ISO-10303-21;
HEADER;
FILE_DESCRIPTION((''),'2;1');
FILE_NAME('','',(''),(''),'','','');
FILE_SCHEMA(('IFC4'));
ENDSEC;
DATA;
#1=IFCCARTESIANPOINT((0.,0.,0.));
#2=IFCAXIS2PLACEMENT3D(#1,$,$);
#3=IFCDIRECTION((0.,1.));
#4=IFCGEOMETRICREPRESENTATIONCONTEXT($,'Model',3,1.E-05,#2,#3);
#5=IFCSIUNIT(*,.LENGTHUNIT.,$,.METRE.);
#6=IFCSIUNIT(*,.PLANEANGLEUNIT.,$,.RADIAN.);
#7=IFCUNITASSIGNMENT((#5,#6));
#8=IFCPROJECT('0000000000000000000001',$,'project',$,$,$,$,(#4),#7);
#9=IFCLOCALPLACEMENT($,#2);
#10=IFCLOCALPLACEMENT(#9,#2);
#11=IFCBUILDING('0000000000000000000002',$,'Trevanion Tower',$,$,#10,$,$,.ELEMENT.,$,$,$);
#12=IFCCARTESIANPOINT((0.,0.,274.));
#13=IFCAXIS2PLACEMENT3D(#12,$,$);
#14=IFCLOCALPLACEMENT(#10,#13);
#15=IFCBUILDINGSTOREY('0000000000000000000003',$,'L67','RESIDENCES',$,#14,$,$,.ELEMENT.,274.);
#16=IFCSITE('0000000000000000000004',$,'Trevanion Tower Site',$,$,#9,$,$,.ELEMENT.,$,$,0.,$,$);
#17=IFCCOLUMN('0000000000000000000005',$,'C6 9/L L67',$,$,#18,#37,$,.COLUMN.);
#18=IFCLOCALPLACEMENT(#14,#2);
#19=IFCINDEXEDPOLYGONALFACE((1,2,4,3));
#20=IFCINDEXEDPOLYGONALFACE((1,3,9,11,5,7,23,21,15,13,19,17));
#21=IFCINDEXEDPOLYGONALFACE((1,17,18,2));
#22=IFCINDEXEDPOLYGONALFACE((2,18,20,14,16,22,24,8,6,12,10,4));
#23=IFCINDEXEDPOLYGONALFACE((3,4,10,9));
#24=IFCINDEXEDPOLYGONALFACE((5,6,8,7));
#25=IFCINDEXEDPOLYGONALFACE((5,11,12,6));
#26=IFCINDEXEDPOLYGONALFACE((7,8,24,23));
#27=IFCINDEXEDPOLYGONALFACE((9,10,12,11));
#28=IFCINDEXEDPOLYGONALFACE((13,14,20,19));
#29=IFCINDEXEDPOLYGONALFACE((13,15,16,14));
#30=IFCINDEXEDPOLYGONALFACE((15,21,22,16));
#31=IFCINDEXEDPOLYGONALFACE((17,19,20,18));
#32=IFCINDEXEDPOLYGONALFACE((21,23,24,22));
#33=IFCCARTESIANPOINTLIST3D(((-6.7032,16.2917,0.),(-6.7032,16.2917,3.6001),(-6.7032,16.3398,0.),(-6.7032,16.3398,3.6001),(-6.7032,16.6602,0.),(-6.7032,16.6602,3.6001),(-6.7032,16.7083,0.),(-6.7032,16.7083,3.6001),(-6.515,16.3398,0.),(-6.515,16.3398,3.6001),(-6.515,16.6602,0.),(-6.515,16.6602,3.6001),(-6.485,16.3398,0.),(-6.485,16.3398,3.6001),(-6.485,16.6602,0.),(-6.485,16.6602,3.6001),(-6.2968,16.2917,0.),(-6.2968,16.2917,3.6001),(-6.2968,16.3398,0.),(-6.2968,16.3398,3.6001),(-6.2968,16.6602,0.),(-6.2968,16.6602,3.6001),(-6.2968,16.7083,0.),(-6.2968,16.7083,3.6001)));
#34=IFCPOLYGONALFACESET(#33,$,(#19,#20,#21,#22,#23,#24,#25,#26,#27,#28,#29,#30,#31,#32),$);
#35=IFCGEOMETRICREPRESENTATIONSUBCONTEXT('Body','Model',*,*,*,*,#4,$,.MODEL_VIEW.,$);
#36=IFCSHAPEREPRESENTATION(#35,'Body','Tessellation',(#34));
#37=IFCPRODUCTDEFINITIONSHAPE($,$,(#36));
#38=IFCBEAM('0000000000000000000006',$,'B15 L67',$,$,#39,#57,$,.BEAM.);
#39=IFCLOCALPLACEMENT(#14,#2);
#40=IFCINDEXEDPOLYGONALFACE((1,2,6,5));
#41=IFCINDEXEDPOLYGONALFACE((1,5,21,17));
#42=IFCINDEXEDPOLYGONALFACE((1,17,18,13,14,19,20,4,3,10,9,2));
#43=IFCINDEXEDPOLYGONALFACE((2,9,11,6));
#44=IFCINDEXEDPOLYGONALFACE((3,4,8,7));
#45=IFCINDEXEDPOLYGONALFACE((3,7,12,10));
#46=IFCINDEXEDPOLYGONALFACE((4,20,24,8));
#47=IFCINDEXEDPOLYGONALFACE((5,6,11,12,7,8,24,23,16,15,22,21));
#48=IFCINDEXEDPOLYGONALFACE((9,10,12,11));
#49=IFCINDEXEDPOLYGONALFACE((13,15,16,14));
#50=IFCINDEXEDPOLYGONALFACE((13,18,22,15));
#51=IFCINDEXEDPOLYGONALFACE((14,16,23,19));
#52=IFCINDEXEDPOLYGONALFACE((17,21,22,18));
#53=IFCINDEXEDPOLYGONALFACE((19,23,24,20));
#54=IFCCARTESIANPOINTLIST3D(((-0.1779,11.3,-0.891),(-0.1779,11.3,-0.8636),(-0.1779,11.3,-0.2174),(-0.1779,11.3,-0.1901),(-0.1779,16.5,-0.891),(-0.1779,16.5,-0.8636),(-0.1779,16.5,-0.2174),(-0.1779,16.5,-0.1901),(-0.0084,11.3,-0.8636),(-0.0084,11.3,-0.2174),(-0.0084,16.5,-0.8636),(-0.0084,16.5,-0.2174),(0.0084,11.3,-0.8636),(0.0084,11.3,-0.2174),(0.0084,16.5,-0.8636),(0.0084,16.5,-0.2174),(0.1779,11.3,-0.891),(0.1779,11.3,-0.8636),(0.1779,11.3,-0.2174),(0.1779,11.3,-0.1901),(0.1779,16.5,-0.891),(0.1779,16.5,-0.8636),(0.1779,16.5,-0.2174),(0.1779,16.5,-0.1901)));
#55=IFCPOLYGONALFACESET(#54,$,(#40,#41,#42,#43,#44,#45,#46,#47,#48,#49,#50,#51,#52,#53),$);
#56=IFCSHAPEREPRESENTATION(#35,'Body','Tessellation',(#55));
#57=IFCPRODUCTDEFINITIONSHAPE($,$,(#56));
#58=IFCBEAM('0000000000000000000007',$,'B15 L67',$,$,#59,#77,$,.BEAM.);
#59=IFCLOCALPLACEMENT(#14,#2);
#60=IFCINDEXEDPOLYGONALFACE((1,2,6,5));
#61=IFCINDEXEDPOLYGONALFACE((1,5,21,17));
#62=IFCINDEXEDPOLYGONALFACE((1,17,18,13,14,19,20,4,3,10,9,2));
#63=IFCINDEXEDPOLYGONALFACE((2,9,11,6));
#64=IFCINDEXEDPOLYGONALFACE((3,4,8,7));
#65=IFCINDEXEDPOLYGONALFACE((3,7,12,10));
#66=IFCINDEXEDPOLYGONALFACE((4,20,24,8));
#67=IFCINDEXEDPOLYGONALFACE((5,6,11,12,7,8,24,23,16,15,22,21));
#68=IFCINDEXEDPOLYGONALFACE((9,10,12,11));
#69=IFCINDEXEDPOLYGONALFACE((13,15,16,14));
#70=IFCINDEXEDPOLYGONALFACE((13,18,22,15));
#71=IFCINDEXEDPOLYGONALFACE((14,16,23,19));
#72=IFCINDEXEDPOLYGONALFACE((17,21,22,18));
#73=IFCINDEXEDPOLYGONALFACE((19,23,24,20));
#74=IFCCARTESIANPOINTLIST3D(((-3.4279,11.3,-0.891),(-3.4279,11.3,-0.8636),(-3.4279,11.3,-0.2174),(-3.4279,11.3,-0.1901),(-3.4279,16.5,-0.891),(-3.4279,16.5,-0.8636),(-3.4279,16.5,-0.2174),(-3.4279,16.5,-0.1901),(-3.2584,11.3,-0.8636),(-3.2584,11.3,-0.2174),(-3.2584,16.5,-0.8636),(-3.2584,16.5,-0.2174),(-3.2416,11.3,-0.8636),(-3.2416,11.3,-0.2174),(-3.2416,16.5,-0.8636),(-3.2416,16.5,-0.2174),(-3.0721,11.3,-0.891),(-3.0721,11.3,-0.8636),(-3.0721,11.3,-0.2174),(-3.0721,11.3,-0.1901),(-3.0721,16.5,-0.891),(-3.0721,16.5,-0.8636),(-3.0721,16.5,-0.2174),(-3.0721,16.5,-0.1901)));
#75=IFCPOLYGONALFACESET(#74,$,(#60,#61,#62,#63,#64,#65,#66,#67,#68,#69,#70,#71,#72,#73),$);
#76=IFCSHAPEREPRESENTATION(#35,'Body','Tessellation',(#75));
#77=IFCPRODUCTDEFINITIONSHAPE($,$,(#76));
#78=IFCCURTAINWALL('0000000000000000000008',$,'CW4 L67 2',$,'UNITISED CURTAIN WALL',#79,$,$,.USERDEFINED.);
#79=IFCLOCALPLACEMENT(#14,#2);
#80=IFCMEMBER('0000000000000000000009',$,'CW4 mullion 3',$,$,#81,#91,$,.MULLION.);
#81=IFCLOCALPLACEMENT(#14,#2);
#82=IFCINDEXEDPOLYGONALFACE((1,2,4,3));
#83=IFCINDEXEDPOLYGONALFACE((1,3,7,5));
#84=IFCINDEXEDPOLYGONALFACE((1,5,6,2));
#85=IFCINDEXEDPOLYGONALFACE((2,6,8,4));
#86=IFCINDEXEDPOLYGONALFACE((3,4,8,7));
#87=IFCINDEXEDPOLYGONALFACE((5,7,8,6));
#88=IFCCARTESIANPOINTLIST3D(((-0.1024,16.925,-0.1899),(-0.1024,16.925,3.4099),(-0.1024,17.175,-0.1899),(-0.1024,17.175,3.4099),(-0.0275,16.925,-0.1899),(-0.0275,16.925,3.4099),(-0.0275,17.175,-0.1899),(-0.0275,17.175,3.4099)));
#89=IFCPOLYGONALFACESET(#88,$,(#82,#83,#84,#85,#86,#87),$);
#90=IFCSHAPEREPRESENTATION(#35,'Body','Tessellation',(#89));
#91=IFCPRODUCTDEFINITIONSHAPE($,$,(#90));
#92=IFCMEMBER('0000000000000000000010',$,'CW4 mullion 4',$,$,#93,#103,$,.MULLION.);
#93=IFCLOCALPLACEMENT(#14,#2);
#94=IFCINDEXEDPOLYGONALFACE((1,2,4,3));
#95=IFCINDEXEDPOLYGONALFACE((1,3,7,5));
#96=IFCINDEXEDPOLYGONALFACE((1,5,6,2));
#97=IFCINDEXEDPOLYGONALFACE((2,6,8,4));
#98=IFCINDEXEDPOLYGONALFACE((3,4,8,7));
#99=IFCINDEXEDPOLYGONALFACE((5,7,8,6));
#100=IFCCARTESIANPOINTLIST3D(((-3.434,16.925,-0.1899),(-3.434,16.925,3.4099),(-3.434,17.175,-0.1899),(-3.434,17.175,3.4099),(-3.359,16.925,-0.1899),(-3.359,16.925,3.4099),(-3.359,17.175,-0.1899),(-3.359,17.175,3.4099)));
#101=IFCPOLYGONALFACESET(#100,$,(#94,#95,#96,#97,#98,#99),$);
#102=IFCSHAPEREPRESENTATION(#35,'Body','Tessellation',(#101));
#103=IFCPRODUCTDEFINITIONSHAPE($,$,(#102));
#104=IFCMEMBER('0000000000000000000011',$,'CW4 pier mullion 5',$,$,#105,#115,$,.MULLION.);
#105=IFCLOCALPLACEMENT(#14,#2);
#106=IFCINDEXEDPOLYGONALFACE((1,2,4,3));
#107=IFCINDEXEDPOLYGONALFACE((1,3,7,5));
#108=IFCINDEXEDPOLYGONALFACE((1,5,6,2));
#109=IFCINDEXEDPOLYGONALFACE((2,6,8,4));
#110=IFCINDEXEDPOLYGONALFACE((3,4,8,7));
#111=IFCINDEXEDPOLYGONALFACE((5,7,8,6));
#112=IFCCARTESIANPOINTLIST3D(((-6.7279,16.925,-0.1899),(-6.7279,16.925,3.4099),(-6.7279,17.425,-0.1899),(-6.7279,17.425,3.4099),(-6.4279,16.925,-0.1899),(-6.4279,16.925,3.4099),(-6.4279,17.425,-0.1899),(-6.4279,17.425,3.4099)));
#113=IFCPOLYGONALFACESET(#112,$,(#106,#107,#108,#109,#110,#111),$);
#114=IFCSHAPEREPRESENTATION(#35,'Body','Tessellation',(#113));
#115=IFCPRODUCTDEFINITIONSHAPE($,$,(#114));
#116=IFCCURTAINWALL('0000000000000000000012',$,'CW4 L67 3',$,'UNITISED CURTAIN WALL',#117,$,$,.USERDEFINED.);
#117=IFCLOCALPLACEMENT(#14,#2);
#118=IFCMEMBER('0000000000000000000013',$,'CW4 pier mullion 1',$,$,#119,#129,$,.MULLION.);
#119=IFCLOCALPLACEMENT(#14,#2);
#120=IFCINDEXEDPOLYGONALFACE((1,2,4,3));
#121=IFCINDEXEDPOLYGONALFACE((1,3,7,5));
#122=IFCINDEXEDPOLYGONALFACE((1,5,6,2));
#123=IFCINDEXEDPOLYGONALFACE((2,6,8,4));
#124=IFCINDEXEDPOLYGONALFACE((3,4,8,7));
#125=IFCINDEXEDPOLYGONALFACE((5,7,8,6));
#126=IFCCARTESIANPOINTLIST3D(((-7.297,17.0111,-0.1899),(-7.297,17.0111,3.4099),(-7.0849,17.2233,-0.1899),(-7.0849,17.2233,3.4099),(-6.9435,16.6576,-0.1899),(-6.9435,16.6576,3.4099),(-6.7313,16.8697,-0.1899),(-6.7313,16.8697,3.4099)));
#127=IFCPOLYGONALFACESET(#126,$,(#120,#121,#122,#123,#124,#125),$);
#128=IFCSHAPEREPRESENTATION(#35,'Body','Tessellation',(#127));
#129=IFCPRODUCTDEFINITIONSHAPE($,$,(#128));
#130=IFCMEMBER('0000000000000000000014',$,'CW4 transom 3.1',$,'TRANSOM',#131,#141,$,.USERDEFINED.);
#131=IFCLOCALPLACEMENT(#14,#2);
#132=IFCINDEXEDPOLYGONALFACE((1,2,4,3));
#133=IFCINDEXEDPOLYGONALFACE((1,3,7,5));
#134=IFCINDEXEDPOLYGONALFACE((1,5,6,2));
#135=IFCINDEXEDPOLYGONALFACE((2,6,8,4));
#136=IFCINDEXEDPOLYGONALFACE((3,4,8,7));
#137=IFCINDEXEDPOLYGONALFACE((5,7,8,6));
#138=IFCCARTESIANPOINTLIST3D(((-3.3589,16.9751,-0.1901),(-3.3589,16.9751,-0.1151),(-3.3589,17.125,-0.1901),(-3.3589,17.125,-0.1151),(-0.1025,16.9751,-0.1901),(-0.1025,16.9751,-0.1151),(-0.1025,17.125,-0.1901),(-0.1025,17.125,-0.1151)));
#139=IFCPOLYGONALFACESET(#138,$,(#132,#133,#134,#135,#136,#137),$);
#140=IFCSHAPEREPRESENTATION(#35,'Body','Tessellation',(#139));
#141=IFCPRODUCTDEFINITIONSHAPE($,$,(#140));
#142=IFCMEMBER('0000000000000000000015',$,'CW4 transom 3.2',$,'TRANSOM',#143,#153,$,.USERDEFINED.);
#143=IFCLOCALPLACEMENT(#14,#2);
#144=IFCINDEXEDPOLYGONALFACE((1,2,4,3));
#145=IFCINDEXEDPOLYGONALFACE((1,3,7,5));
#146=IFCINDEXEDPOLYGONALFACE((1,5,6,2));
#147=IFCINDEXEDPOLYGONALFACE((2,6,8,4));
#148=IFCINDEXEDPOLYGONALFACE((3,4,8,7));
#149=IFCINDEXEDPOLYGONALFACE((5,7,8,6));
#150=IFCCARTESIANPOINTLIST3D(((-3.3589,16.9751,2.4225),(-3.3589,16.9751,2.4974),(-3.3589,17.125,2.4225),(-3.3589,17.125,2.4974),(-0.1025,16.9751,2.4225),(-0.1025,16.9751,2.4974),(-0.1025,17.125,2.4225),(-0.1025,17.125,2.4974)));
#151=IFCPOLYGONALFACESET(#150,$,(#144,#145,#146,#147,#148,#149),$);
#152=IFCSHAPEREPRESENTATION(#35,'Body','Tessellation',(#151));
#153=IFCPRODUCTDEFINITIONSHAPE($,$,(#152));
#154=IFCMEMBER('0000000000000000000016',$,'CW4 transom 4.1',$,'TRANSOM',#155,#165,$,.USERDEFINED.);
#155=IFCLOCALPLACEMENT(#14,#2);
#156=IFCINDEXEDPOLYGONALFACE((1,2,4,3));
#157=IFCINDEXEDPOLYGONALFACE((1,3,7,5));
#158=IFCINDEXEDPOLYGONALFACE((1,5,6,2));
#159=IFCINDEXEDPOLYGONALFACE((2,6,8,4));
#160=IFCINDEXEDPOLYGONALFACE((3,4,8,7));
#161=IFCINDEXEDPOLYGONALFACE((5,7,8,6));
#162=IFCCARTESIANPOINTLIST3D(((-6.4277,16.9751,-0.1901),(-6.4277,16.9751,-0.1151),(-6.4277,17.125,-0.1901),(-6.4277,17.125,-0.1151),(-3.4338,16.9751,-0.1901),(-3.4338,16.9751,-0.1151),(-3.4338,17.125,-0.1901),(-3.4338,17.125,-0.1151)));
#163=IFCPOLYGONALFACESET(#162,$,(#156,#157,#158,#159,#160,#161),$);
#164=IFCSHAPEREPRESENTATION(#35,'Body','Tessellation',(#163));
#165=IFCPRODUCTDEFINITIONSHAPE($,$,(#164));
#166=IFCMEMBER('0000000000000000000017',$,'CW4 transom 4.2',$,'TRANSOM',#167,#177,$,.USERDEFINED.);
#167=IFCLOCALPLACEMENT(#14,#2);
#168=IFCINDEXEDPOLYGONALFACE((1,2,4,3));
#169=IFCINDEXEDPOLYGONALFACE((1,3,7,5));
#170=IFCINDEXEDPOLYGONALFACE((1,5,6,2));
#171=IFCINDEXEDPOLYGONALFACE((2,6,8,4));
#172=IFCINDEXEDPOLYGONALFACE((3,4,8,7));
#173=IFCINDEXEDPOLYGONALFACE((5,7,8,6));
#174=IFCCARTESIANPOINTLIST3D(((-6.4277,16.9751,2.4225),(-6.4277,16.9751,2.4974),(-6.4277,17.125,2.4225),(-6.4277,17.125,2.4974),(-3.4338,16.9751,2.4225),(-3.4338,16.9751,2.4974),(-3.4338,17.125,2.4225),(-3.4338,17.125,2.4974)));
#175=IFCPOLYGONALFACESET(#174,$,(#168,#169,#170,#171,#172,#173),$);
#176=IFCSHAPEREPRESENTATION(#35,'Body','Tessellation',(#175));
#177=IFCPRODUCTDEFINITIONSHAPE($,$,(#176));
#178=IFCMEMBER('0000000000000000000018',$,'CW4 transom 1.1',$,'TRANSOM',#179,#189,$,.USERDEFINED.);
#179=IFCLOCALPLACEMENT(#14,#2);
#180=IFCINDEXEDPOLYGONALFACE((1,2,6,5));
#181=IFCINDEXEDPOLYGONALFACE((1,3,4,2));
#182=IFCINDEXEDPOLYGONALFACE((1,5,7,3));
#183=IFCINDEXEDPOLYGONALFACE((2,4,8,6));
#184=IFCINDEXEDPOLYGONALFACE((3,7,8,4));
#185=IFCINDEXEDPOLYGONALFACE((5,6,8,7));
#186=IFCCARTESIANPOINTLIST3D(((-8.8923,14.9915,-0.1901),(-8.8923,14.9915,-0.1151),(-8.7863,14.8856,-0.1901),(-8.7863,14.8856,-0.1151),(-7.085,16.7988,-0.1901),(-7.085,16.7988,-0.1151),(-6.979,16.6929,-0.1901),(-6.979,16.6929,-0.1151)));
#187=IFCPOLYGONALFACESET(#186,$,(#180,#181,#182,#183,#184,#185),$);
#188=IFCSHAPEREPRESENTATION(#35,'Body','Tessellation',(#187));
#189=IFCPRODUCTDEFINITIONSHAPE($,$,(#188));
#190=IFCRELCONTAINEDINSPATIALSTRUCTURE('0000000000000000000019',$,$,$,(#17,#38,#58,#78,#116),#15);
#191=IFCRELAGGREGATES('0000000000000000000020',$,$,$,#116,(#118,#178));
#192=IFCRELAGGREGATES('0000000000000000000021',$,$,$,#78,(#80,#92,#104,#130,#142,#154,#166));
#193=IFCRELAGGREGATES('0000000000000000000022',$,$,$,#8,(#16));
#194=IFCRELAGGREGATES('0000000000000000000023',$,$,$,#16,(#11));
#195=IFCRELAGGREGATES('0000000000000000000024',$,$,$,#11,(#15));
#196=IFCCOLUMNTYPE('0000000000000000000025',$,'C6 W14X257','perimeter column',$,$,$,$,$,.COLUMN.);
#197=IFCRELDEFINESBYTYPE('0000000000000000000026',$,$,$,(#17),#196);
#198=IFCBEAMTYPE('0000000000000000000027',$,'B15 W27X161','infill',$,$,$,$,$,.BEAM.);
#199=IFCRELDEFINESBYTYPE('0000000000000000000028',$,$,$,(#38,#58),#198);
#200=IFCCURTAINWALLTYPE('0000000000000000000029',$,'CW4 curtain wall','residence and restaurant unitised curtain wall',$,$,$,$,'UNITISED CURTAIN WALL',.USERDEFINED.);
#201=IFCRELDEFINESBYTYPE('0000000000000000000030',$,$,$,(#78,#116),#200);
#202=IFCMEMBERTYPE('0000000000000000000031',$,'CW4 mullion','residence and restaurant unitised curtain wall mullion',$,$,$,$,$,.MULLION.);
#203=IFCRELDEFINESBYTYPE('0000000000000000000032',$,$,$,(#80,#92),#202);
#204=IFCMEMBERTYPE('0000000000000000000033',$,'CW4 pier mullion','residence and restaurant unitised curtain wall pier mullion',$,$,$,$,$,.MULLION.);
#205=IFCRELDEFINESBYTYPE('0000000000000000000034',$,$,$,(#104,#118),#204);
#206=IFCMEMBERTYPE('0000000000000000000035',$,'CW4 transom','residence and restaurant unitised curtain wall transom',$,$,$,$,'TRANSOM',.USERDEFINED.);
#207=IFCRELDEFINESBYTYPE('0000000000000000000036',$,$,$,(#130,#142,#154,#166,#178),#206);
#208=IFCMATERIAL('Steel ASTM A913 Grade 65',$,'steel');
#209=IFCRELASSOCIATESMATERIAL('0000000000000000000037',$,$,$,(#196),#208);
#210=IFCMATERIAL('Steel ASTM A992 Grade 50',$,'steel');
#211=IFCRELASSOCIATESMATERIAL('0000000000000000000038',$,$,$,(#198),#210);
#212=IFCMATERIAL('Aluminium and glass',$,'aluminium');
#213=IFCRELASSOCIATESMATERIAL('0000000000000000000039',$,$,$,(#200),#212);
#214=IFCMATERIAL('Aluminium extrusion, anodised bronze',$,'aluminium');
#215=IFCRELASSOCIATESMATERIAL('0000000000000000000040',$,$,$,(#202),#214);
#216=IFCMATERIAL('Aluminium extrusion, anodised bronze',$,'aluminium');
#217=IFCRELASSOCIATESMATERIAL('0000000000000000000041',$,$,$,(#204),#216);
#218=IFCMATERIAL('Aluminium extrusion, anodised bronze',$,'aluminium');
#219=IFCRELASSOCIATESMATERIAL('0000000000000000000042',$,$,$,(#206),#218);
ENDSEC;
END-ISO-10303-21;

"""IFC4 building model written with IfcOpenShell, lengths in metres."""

from ifc_helpers import new_model, si_unit, direction, frame, origin, origin_2d, place, context, subcontext, project, spatial, rectangle, i_section, extrude, material, material_profile, profile_set, type_object, element, aggregate, save


model = new_model("IFC4")

# Units and contexts
model_context = context("Model", 3, precision=1e-05, world=origin(), true_north=direction((0.0, 1.0)))
body_context = subcontext(model_context, "Body", "Model", "MODEL_VIEW")
ifc_project = project(units=[si_unit("LENGTHUNIT", "METRE"), si_unit("PLANEANGLEUNIT", "RADIAN")], contexts=[model_context])

# Site, building, storey
site_placement = place(None, origin())
site = spatial("IfcSite", under=ifc_project, at=site_placement, Name="Trevanion Tower Site", CompositionType="ELEMENT", RefElevation=0.0)
building_placement = place(site_placement, origin())
building = spatial("IfcBuilding", under=site, at=building_placement, Name="Trevanion Tower", CompositionType="ELEMENT")
storey_placement = place(building_placement, frame((0.0, 0.0, 274.0)))
storey = spatial("IfcBuildingStorey", under=building, at=storey_placement, Name="L67", Description="RESIDENCES", CompositionType="ELEMENT", Elevation=274.0)

# Column
ifc_material_1 = material(Name="Steel ASTM A913 Grade 65", Category="steel")
ifc_material_profile_1 = material_profile(ifc_material_1, i_section(OverallWidth=0.4065, OverallDepth=0.4165, WebThickness=0.03, FlangeThickness=0.0481, at=origin_2d()), Name="W14X257")
ifc_profile_set_1 = profile_set([ifc_material_profile_1], Name="Steel ASTM A913 Grade 65")
column_type = type_object("IfcColumnType", Name="C6 W14X257", Description="perimeter column", PredefinedType="COLUMN", material=ifc_profile_set_1)
column_placement = place(storey_placement, frame((-6.5, 16.5, 0.0), z_axis=(0.0, 0.0, 1.0), x_axis=(1.0, 0.0, 0.0)))
element("IfcColumn", 1, at=column_placement, inside=storey, type_object=column_type, Name="C6 9/L L67", PredefinedType="COLUMN", context=body_context, shape_type="SweptSolid", body=[
    extrude(i_section(OverallWidth=0.4065, OverallDepth=0.4165, WebThickness=0.03, FlangeThickness=0.0481, at=origin_2d()), origin(), (0.0, 0.0, 1.0), 3.6001),
])

# Beams
ifc_material_2 = material(Name="Steel ASTM A992 Grade 50", Category="steel")
ifc_material_profile_2 = material_profile(ifc_material_2, i_section(OverallWidth=0.3557, OverallDepth=0.7009, WebThickness=0.0168, FlangeThickness=0.0273, at=origin_2d()), Name="W27X161")
ifc_profile_set_2 = profile_set([ifc_material_profile_2], Name="Steel ASTM A992 Grade 50")
beam_type_1 = type_object("IfcBeamType", Name="B15 W27X161", Description="infill", PredefinedType="BEAM", material=ifc_profile_set_2)
for number, where, z_axis, x_axis, name in (
    (2, (0.0, 11.3, -0.5405), (0.0, 1.0, 0.0), (-1.0, 0.0, 0.0), "B15 L67"),
    (3, (-3.25, 11.3, -0.5405), (0.0, 1.0, 0.0), (-1.0, 0.0, 0.0), "B15 L67"),
):
    element("IfcBeam", number, at=place(storey_placement, frame(where, z_axis=z_axis, x_axis=x_axis)), inside=storey, type_object=beam_type_1, Name=name, PredefinedType="BEAM", context=body_context, shape_type="SweptSolid", body=[
        extrude(i_section(OverallWidth=0.3557, OverallDepth=0.7009, WebThickness=0.0168, FlangeThickness=0.0273, at=origin_2d()), origin(), (0.0, 0.0, 1.0), 5.2),
    ])

# Curtain wall, members
ifc_material_3 = material(Name="Aluminium and glass", Category="aluminium")
curtain_wall_type = type_object("IfcCurtainWallType", Name="CW4 curtain wall", Description="residence and restaurant unitised curtain wall", ElementType="UNITISED CURTAIN WALL", PredefinedType="USERDEFINED", material=ifc_material_3)
curtain_wall_1_placement = place(storey_placement, origin())
curtain_wall_1 = element("IfcCurtainWall", 4, at=curtain_wall_1_placement, inside=storey, type_object=curtain_wall_type, Name="CW4 L67 2", ObjectType="UNITISED CURTAIN WALL", PredefinedType="USERDEFINED")
ifc_material_4 = material(Name="Aluminium extrusion, anodised bronze", Category="aluminium")
ifc_material_profile_3 = material_profile(ifc_material_4, rectangle(XDim=0.075, YDim=0.25, at=origin_2d()), Name="CW4 mullion")
ifc_profile_set_3 = profile_set([ifc_material_profile_3], Name="Aluminium extrusion, anodised bronze")
member_type_1 = type_object("IfcMemberType", Name="CW4 mullion", Description="residence and restaurant unitised curtain wall mullion", PredefinedType="MULLION", material=ifc_profile_set_3)
member_1_placement = place(storey_placement, frame((-0.0649, 17.05, -0.1899), z_axis=(0.0, 0.0, 1.0), x_axis=(-1.0, 0.0, 0.0)))
member_1 = element("IfcMember", 5, at=member_1_placement, type_object=member_type_1, Name="CW4 mullion 3", PredefinedType="MULLION", context=body_context, shape_type="SweptSolid", body=[
    extrude(rectangle(XDim=0.075, YDim=0.25, at=origin_2d()), origin(), (0.0, 0.0, 1.0), 3.5999),
])
member_2_placement = place(storey_placement, frame((-3.3965, 17.05, -0.1899), z_axis=(0.0, 0.0, 1.0), x_axis=(-1.0, 0.0, 0.0)))
member_2 = element("IfcMember", 6, at=member_2_placement, type_object=member_type_1, Name="CW4 mullion 4", PredefinedType="MULLION", context=body_context, shape_type="SweptSolid", body=[
    extrude(rectangle(XDim=0.075, YDim=0.25, at=origin_2d()), origin(), (0.0, 0.0, 1.0), 3.5999),
])
ifc_material_5 = material(Name="Aluminium extrusion, anodised bronze", Category="aluminium")
ifc_material_profile_4 = material_profile(ifc_material_5, rectangle(XDim=0.3, YDim=0.5, at=origin_2d()), Name="CW4 pier mullion")
ifc_profile_set_4 = profile_set([ifc_material_profile_4], Name="Aluminium extrusion, anodised bronze")
member_type_2 = type_object("IfcMemberType", Name="CW4 pier mullion", Description="residence and restaurant unitised curtain wall pier mullion", PredefinedType="MULLION", material=ifc_profile_set_4)
member_3_placement = place(storey_placement, frame((-6.5779, 17.175, -0.1899), z_axis=(0.0, 0.0, 1.0), x_axis=(-1.0, 0.0, 0.0)))
member_3 = element("IfcMember", 7, at=member_3_placement, type_object=member_type_2, Name="CW4 pier mullion 5", PredefinedType="MULLION", context=body_context, shape_type="SweptSolid", body=[
    extrude(rectangle(XDim=0.3, YDim=0.5, at=origin_2d()), origin(), (0.0, 0.0, 1.0), 3.5999),
])

# Curtain wall, member
curtain_wall_2_placement = place(storey_placement, origin())
curtain_wall_2 = element("IfcCurtainWall", 8, at=curtain_wall_2_placement, inside=storey, type_object=curtain_wall_type, Name="CW4 L67 3", ObjectType="UNITISED CURTAIN WALL", PredefinedType="USERDEFINED")
member_4_placement = place(storey_placement, frame((-7.0142, 16.9404, -0.1899), z_axis=(0.0, 0.0, 1.0), x_axis=(-0.707107, -0.707107, 0.0)))
member_4 = element("IfcMember", 9, at=member_4_placement, type_object=member_type_2, Name="CW4 pier mullion 1", PredefinedType="MULLION", context=body_context, shape_type="SweptSolid", body=[
    extrude(rectangle(XDim=0.3, YDim=0.5, at=origin_2d()), origin(), (0.0, 0.0, 1.0), 3.5999),
])

# Members
ifc_material_6 = material(Name="Aluminium extrusion, anodised bronze", Category="aluminium")
ifc_material_profile_5 = material_profile(ifc_material_6, rectangle(XDim=0.1499, YDim=0.075, at=origin_2d()), Name="CW4 transom")
ifc_profile_set_5 = profile_set([ifc_material_profile_5], Name="Aluminium extrusion, anodised bronze")
member_type_3 = type_object("IfcMemberType", Name="CW4 transom", Description="residence and restaurant unitised curtain wall transom", ElementType="TRANSOM", PredefinedType="USERDEFINED", material=ifc_profile_set_5)
member_5_placement = place(storey_placement, frame((-0.1025, 17.05, -0.1526), z_axis=(-1.0, 0.0, 0.0), x_axis=(0.0, -1.0, 0.0)))
member_5 = element("IfcMember", 10, at=member_5_placement, type_object=member_type_3, Name="CW4 transom 3.1", ObjectType="TRANSOM", PredefinedType="USERDEFINED", context=body_context, shape_type="SweptSolid", body=[
    extrude(rectangle(XDim=0.1499, YDim=0.075, at=origin_2d()), origin(), (0.0, 0.0, 1.0), 3.2563),
])
member_6_placement = place(storey_placement, frame((-0.1025, 17.05, 2.46), z_axis=(-1.0, 0.0, 0.0), x_axis=(0.0, -1.0, 0.0)))
member_6 = element("IfcMember", 11, at=member_6_placement, type_object=member_type_3, Name="CW4 transom 3.2", ObjectType="TRANSOM", PredefinedType="USERDEFINED", context=body_context, shape_type="SweptSolid", body=[
    extrude(rectangle(XDim=0.1499, YDim=0.075, at=origin_2d()), origin(), (0.0, 0.0, 1.0), 3.2563),
])
member_7_placement = place(storey_placement, frame((-3.4338, 17.05, -0.1526), z_axis=(-1.0, 0.0, 0.0), x_axis=(0.0, -1.0, 0.0)))
member_7 = element("IfcMember", 12, at=member_7_placement, type_object=member_type_3, Name="CW4 transom 4.1", ObjectType="TRANSOM", PredefinedType="USERDEFINED", context=body_context, shape_type="SweptSolid", body=[
    extrude(rectangle(XDim=0.1499, YDim=0.075, at=origin_2d()), origin(), (0.0, 0.0, 1.0), 2.9939),
])
member_8_placement = place(storey_placement, frame((-3.4338, 17.05, 2.46), z_axis=(-1.0, 0.0, 0.0), x_axis=(0.0, -1.0, 0.0)))
member_8 = element("IfcMember", 13, at=member_8_placement, type_object=member_type_3, Name="CW4 transom 4.2", ObjectType="TRANSOM", PredefinedType="USERDEFINED", context=body_context, shape_type="SweptSolid", body=[
    extrude(rectangle(XDim=0.1499, YDim=0.075, at=origin_2d()), origin(), (0.0, 0.0, 1.0), 2.9939),
])
member_9_placement = place(storey_placement, frame((-7.032, 16.7458, -0.1526), z_axis=(-0.707107, -0.707107, 0.0), x_axis=(0.707107, -0.707107, 0.0)))
member_9 = element("IfcMember", 14, at=member_9_placement, type_object=member_type_3, Name="CW4 transom 1.1", ObjectType="TRANSOM", PredefinedType="USERDEFINED", context=body_context, shape_type="SweptSolid", body=[
    extrude(rectangle(XDim=0.1499, YDim=0.075, at=origin_2d()), origin(), (0.0, 0.0, 1.0), 2.5559),
])

aggregate(curtain_wall_2, [member_4, member_9])
aggregate(curtain_wall_1, [member_1, member_2, member_3, member_5, member_6, member_7, member_8])

save(model, "model.ifc")
